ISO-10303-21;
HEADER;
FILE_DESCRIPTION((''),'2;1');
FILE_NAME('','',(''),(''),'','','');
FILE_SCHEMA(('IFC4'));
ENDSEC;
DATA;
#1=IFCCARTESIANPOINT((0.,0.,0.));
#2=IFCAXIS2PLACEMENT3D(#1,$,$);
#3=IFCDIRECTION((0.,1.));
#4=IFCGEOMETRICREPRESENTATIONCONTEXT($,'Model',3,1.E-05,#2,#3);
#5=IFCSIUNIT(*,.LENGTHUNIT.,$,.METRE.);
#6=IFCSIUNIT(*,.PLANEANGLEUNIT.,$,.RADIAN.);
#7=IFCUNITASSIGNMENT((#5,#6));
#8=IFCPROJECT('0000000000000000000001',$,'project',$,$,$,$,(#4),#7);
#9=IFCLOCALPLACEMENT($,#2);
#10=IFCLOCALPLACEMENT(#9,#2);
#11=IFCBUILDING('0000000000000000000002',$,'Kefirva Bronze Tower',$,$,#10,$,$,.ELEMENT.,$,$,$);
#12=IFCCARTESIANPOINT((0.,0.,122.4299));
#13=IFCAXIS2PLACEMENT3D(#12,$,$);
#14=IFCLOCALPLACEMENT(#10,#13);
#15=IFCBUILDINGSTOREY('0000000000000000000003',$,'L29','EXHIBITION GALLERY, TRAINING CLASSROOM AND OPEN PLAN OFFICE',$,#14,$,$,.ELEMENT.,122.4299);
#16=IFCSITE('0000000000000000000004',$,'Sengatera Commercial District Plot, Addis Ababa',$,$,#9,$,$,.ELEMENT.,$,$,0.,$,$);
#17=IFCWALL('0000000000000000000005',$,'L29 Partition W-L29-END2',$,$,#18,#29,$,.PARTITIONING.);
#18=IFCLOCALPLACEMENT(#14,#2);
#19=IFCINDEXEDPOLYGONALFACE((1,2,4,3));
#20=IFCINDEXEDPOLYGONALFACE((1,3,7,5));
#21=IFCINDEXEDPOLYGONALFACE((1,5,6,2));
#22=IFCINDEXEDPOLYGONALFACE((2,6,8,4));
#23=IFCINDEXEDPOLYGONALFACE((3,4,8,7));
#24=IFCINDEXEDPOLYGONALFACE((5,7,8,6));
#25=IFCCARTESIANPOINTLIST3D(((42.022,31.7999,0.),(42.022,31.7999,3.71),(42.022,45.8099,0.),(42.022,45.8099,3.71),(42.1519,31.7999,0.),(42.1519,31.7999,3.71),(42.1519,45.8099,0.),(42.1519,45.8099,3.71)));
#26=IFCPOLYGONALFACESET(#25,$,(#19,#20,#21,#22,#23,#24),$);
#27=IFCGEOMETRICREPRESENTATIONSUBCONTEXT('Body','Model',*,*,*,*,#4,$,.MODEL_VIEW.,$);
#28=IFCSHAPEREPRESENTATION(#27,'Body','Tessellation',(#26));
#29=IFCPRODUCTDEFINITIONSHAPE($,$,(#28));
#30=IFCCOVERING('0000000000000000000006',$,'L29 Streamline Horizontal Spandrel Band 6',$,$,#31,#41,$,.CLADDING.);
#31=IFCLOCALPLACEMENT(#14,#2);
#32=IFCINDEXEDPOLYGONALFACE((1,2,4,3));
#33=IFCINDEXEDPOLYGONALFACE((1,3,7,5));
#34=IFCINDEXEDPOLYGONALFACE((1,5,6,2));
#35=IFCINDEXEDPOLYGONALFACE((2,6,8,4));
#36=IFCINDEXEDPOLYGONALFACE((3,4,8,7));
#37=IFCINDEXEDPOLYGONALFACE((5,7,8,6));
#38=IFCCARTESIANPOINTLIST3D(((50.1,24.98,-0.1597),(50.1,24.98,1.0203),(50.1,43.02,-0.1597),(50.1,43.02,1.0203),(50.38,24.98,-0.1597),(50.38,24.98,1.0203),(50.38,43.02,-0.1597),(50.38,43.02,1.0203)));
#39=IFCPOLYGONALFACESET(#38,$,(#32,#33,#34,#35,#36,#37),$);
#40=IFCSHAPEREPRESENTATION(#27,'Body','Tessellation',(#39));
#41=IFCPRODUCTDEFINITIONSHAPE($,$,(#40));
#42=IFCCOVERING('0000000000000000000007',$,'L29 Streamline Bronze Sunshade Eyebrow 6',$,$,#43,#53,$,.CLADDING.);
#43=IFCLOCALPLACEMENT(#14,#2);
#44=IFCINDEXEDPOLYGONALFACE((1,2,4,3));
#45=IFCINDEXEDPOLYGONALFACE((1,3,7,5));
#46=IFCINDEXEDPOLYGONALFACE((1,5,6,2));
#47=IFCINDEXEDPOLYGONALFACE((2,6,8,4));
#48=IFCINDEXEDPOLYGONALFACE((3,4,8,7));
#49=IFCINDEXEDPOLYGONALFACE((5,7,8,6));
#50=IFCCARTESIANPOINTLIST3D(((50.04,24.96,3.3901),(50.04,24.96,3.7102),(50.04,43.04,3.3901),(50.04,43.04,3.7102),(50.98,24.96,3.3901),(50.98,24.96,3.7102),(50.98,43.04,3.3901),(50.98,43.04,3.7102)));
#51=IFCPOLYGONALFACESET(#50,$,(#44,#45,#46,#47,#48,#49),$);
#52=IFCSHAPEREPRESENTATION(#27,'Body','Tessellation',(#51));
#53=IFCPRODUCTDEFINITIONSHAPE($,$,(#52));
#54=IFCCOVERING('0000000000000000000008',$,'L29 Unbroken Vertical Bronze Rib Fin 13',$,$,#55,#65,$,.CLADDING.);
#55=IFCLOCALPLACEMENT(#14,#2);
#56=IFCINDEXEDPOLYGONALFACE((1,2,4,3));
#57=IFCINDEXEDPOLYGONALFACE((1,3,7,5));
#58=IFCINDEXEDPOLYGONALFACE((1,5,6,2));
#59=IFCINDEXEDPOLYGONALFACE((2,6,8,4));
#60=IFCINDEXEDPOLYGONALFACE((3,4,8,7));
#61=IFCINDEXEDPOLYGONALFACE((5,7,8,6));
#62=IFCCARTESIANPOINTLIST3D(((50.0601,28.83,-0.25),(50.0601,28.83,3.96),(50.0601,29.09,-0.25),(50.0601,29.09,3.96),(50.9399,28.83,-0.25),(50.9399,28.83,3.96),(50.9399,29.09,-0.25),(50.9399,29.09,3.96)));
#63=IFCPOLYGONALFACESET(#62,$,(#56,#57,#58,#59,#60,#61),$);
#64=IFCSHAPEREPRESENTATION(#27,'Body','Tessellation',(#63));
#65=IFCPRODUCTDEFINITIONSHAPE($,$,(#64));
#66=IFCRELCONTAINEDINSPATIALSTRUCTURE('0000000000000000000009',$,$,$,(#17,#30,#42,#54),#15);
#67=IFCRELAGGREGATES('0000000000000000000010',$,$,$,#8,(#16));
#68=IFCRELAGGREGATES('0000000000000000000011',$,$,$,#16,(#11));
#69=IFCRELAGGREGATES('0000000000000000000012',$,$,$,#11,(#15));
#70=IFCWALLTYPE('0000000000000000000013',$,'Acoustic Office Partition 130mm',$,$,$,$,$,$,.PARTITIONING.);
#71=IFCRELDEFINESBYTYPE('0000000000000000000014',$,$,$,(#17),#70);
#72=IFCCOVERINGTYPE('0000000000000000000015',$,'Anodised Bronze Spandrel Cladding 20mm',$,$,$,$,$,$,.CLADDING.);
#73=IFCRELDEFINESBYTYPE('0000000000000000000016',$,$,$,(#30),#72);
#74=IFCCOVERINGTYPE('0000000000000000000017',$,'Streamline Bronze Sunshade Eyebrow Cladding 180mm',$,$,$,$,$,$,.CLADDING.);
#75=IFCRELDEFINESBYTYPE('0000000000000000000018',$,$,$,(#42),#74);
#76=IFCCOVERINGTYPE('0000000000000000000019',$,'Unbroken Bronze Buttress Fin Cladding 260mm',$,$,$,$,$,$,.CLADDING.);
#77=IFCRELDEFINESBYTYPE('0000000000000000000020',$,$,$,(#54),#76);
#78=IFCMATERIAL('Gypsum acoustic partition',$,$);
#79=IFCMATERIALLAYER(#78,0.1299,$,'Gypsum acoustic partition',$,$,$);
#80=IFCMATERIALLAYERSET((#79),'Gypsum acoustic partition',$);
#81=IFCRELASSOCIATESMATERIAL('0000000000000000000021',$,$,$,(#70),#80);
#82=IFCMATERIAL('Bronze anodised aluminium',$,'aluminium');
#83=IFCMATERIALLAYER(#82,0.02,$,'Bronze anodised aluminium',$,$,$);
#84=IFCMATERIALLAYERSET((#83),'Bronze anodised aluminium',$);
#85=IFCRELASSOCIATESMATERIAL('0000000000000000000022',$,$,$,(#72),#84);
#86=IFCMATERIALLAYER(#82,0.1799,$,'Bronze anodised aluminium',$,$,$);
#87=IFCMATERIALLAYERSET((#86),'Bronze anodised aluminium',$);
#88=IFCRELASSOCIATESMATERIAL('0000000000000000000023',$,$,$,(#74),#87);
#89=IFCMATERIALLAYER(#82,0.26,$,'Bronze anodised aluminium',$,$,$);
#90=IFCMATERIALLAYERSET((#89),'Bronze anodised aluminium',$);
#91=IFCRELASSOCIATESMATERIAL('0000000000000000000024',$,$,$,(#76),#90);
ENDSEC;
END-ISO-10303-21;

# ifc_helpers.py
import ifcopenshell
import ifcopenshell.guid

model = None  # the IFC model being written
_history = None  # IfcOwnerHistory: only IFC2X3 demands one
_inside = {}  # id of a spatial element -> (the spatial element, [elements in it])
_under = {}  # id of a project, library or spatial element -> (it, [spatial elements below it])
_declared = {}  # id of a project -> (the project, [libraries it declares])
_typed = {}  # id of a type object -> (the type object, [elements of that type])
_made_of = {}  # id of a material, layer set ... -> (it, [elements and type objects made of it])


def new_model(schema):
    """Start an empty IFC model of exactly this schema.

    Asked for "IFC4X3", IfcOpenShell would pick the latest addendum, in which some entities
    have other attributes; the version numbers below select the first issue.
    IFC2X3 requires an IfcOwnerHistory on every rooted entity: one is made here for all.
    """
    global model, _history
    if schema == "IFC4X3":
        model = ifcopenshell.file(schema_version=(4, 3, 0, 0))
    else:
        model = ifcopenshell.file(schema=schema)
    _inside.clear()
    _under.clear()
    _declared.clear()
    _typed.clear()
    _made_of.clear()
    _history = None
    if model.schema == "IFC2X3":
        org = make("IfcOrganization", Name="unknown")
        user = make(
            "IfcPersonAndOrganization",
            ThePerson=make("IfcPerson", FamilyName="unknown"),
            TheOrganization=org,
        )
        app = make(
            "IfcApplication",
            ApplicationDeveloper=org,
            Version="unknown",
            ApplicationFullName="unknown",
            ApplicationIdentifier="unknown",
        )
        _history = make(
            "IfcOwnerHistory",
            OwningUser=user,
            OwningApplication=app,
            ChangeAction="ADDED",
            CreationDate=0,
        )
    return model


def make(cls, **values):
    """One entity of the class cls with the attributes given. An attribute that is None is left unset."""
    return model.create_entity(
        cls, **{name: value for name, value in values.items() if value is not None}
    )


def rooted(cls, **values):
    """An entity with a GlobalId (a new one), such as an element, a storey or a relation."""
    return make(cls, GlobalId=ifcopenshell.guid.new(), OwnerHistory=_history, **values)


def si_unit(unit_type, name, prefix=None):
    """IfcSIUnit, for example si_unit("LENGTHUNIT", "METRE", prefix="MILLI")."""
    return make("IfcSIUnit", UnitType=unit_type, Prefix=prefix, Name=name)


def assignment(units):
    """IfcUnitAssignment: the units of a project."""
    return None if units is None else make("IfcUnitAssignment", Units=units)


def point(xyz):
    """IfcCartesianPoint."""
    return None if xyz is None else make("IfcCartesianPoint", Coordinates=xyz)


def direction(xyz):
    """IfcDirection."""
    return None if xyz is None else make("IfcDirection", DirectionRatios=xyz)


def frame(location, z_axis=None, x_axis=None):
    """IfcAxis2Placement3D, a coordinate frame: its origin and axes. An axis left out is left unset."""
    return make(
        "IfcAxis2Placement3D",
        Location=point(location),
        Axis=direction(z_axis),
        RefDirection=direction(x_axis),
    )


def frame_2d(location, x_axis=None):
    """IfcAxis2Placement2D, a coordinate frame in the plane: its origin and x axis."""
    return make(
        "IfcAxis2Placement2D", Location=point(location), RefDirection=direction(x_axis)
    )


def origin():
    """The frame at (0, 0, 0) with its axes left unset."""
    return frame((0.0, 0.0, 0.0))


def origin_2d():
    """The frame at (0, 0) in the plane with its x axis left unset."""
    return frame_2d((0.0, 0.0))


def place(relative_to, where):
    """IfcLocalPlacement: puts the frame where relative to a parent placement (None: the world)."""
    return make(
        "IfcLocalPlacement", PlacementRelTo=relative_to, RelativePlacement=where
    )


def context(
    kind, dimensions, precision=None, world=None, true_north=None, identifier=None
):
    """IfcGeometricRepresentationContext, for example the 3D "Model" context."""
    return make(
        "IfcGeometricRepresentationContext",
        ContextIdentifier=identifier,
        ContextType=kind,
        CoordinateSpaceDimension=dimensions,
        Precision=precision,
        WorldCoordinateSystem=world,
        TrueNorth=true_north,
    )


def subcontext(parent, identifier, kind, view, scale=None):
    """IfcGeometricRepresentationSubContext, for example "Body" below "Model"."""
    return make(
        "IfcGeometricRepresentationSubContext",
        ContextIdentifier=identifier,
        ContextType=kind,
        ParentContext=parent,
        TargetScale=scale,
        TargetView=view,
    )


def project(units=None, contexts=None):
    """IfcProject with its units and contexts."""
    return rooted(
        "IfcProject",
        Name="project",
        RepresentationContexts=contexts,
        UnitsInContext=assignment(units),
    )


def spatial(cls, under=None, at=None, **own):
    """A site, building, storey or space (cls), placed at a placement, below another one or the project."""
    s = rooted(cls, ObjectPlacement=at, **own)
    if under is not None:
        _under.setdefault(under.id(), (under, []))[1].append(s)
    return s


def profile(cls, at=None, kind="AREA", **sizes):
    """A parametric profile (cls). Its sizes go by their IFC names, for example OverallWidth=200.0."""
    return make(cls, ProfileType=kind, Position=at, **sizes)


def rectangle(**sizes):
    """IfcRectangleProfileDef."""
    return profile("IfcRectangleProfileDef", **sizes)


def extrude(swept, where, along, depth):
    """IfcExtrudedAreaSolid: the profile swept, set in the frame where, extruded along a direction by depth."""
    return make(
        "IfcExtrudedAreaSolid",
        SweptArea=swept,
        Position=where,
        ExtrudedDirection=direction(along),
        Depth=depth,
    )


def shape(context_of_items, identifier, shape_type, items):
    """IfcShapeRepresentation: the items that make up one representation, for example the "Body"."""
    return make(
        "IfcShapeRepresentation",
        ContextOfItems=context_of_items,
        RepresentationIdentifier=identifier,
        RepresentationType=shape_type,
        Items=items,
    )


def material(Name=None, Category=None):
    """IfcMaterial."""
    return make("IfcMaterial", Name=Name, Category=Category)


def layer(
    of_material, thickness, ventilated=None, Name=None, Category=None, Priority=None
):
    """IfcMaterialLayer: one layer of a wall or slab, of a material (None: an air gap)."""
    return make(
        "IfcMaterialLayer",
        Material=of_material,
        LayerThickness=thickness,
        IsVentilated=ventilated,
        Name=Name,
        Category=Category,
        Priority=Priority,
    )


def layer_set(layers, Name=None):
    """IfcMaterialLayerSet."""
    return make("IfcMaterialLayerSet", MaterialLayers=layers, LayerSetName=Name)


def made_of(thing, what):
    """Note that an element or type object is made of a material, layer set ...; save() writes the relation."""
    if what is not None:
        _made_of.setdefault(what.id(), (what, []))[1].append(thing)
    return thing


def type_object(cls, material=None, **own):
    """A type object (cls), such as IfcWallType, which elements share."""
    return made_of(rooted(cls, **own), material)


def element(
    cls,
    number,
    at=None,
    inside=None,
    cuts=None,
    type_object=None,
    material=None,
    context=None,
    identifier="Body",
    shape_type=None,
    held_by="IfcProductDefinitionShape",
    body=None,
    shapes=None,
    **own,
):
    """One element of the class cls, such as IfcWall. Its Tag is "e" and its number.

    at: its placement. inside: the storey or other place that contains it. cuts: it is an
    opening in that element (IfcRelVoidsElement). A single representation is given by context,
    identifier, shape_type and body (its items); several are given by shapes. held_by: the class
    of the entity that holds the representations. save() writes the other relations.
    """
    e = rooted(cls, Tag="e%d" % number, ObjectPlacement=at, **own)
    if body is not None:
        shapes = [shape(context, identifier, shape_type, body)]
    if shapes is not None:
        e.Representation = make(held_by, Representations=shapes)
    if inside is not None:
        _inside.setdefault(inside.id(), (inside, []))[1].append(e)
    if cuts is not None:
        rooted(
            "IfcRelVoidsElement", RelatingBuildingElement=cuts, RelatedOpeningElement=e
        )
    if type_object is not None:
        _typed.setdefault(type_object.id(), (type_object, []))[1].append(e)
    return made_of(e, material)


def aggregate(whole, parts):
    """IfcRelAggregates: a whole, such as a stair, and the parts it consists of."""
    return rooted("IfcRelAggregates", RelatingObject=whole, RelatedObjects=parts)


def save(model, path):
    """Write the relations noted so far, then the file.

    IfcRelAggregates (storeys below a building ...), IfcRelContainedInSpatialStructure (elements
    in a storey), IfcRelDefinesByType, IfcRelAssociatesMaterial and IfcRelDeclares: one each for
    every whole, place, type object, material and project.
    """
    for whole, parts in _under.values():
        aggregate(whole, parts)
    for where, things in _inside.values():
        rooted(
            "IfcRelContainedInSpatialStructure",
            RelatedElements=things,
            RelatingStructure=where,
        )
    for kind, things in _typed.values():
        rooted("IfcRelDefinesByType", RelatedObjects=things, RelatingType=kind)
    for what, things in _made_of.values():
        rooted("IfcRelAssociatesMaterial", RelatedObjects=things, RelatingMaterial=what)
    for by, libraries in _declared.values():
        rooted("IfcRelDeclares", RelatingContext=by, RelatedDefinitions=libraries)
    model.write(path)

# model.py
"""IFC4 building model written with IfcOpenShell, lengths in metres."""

from ifc_helpers import new_model, si_unit, direction, frame, frame_2d, origin, origin_2d, place, context, subcontext, project, spatial, rectangle, extrude, material, layer, layer_set, type_object, element, save


model = new_model("IFC4")

# Units and contexts
model_context = context("Model", 3, precision=1e-05, world=origin(), true_north=direction((0.0, 1.0)))
body_context = subcontext(model_context, "Body", "Model", "MODEL_VIEW")
ifc_project = project(units=[si_unit("LENGTHUNIT", "METRE"), si_unit("PLANEANGLEUNIT", "RADIAN")], contexts=[model_context])

# Site, building, storey
site_placement = place(None, origin())
site = spatial("IfcSite", under=ifc_project, at=site_placement, Name="Sengatera Commercial District Plot, Addis Ababa", CompositionType="ELEMENT", RefElevation=0.0)
building_placement = place(site_placement, origin())
building = spatial("IfcBuilding", under=site, at=building_placement, Name="Kefirva Bronze Tower", CompositionType="ELEMENT")
storey_placement = place(building_placement, frame((0.0, 0.0, 122.4299)))
storey = spatial("IfcBuildingStorey", under=building, at=storey_placement, Name="L29", Description="EXHIBITION GALLERY, TRAINING CLASSROOM AND OPEN PLAN OFFICE", CompositionType="ELEMENT", Elevation=122.4299)

# Shared definitions
ifc_material_1 = material(Name="Bronze anodised aluminium", Category="aluminium")

# Wall
ifc_material_2 = material(Name="Gypsum acoustic partition")
ifc_layer_1 = layer(ifc_material_2, 0.1299, Name="Gypsum acoustic partition")
ifc_layer_set_1 = layer_set([ifc_layer_1], Name="Gypsum acoustic partition")
wall_type = type_object("IfcWallType", Name="Acoustic Office Partition 130mm", PredefinedType="PARTITIONING", material=ifc_layer_set_1)
wall_placement = place(storey_placement, frame((42.0869, 31.8, 0.0), z_axis=(0.0, 0.0, 1.0), x_axis=(0.0, 1.0, 0.0)))
element("IfcWall", 1, at=wall_placement, inside=storey, type_object=wall_type, Name="L29 Partition W-L29-END2", PredefinedType="PARTITIONING", context=body_context, shape_type="SweptSolid", body=[
    extrude(rectangle(XDim=14.01, YDim=0.1299, at=frame_2d((7.0049, 0.0))), origin(), (0.0, 0.0, 1.0), 3.71),
])

# Coverings
ifc_layer_2 = layer(ifc_material_1, 0.02, Name="Bronze anodised aluminium")
ifc_layer_set_2 = layer_set([ifc_layer_2], Name="Bronze anodised aluminium")
covering_type_1 = type_object("IfcCoveringType", Name="Anodised Bronze Spandrel Cladding 20mm", PredefinedType="CLADDING", material=ifc_layer_set_2)
covering_1_placement = place(storey_placement, frame((50.24, 34.0, -0.1597), z_axis=(0.0, 0.0, 1.0), x_axis=(0.0, 1.0, 0.0)))
element("IfcCovering", 2, at=covering_1_placement, inside=storey, type_object=covering_type_1, Name="L29 Streamline Horizontal Spandrel Band 6", PredefinedType="CLADDING", context=body_context, shape_type="SweptSolid", body=[
    extrude(rectangle(XDim=18.04, YDim=0.28, at=origin_2d()), origin(), (0.0, 0.0, 1.0), 1.1799),
])
ifc_layer_3 = layer(ifc_material_1, 0.1799, Name="Bronze anodised aluminium")
ifc_layer_set_3 = layer_set([ifc_layer_3], Name="Bronze anodised aluminium")
covering_type_2 = type_object("IfcCoveringType", Name="Streamline Bronze Sunshade Eyebrow Cladding 180mm", PredefinedType="CLADDING", material=ifc_layer_set_3)
covering_2_placement = place(storey_placement, frame((50.51, 34.0, 3.3901), z_axis=(0.0, 0.0, 1.0), x_axis=(0.0, 1.0, 0.0)))
element("IfcCovering", 3, at=covering_2_placement, inside=storey, type_object=covering_type_2, Name="L29 Streamline Bronze Sunshade Eyebrow 6", PredefinedType="CLADDING", context=body_context, shape_type="SweptSolid", body=[
    extrude(rectangle(XDim=18.0801, YDim=0.9399, at=origin_2d()), origin(), (0.0, 0.0, 1.0), 0.3201),
])
ifc_layer_4 = layer(ifc_material_1, 0.26, Name="Bronze anodised aluminium")
ifc_layer_set_4 = layer_set([ifc_layer_4], Name="Bronze anodised aluminium")
covering_type_3 = type_object("IfcCoveringType", Name="Unbroken Bronze Buttress Fin Cladding 260mm", PredefinedType="CLADDING", material=ifc_layer_set_4)
covering_3_placement = place(storey_placement, frame((50.5, 28.96, -0.25), z_axis=(0.0, 0.0, 1.0), x_axis=(0.0, 1.0, 0.0)))
element("IfcCovering", 4, at=covering_3_placement, inside=storey, type_object=covering_type_3, Name="L29 Unbroken Vertical Bronze Rib Fin 13", PredefinedType="CLADDING", context=body_context, shape_type="SweptSolid", body=[
    extrude(rectangle(XDim=0.26, YDim=0.8799, at=origin_2d()), origin(), (0.0, 0.0, 1.0), 4.21),
])

save(model, "model.ifc")
